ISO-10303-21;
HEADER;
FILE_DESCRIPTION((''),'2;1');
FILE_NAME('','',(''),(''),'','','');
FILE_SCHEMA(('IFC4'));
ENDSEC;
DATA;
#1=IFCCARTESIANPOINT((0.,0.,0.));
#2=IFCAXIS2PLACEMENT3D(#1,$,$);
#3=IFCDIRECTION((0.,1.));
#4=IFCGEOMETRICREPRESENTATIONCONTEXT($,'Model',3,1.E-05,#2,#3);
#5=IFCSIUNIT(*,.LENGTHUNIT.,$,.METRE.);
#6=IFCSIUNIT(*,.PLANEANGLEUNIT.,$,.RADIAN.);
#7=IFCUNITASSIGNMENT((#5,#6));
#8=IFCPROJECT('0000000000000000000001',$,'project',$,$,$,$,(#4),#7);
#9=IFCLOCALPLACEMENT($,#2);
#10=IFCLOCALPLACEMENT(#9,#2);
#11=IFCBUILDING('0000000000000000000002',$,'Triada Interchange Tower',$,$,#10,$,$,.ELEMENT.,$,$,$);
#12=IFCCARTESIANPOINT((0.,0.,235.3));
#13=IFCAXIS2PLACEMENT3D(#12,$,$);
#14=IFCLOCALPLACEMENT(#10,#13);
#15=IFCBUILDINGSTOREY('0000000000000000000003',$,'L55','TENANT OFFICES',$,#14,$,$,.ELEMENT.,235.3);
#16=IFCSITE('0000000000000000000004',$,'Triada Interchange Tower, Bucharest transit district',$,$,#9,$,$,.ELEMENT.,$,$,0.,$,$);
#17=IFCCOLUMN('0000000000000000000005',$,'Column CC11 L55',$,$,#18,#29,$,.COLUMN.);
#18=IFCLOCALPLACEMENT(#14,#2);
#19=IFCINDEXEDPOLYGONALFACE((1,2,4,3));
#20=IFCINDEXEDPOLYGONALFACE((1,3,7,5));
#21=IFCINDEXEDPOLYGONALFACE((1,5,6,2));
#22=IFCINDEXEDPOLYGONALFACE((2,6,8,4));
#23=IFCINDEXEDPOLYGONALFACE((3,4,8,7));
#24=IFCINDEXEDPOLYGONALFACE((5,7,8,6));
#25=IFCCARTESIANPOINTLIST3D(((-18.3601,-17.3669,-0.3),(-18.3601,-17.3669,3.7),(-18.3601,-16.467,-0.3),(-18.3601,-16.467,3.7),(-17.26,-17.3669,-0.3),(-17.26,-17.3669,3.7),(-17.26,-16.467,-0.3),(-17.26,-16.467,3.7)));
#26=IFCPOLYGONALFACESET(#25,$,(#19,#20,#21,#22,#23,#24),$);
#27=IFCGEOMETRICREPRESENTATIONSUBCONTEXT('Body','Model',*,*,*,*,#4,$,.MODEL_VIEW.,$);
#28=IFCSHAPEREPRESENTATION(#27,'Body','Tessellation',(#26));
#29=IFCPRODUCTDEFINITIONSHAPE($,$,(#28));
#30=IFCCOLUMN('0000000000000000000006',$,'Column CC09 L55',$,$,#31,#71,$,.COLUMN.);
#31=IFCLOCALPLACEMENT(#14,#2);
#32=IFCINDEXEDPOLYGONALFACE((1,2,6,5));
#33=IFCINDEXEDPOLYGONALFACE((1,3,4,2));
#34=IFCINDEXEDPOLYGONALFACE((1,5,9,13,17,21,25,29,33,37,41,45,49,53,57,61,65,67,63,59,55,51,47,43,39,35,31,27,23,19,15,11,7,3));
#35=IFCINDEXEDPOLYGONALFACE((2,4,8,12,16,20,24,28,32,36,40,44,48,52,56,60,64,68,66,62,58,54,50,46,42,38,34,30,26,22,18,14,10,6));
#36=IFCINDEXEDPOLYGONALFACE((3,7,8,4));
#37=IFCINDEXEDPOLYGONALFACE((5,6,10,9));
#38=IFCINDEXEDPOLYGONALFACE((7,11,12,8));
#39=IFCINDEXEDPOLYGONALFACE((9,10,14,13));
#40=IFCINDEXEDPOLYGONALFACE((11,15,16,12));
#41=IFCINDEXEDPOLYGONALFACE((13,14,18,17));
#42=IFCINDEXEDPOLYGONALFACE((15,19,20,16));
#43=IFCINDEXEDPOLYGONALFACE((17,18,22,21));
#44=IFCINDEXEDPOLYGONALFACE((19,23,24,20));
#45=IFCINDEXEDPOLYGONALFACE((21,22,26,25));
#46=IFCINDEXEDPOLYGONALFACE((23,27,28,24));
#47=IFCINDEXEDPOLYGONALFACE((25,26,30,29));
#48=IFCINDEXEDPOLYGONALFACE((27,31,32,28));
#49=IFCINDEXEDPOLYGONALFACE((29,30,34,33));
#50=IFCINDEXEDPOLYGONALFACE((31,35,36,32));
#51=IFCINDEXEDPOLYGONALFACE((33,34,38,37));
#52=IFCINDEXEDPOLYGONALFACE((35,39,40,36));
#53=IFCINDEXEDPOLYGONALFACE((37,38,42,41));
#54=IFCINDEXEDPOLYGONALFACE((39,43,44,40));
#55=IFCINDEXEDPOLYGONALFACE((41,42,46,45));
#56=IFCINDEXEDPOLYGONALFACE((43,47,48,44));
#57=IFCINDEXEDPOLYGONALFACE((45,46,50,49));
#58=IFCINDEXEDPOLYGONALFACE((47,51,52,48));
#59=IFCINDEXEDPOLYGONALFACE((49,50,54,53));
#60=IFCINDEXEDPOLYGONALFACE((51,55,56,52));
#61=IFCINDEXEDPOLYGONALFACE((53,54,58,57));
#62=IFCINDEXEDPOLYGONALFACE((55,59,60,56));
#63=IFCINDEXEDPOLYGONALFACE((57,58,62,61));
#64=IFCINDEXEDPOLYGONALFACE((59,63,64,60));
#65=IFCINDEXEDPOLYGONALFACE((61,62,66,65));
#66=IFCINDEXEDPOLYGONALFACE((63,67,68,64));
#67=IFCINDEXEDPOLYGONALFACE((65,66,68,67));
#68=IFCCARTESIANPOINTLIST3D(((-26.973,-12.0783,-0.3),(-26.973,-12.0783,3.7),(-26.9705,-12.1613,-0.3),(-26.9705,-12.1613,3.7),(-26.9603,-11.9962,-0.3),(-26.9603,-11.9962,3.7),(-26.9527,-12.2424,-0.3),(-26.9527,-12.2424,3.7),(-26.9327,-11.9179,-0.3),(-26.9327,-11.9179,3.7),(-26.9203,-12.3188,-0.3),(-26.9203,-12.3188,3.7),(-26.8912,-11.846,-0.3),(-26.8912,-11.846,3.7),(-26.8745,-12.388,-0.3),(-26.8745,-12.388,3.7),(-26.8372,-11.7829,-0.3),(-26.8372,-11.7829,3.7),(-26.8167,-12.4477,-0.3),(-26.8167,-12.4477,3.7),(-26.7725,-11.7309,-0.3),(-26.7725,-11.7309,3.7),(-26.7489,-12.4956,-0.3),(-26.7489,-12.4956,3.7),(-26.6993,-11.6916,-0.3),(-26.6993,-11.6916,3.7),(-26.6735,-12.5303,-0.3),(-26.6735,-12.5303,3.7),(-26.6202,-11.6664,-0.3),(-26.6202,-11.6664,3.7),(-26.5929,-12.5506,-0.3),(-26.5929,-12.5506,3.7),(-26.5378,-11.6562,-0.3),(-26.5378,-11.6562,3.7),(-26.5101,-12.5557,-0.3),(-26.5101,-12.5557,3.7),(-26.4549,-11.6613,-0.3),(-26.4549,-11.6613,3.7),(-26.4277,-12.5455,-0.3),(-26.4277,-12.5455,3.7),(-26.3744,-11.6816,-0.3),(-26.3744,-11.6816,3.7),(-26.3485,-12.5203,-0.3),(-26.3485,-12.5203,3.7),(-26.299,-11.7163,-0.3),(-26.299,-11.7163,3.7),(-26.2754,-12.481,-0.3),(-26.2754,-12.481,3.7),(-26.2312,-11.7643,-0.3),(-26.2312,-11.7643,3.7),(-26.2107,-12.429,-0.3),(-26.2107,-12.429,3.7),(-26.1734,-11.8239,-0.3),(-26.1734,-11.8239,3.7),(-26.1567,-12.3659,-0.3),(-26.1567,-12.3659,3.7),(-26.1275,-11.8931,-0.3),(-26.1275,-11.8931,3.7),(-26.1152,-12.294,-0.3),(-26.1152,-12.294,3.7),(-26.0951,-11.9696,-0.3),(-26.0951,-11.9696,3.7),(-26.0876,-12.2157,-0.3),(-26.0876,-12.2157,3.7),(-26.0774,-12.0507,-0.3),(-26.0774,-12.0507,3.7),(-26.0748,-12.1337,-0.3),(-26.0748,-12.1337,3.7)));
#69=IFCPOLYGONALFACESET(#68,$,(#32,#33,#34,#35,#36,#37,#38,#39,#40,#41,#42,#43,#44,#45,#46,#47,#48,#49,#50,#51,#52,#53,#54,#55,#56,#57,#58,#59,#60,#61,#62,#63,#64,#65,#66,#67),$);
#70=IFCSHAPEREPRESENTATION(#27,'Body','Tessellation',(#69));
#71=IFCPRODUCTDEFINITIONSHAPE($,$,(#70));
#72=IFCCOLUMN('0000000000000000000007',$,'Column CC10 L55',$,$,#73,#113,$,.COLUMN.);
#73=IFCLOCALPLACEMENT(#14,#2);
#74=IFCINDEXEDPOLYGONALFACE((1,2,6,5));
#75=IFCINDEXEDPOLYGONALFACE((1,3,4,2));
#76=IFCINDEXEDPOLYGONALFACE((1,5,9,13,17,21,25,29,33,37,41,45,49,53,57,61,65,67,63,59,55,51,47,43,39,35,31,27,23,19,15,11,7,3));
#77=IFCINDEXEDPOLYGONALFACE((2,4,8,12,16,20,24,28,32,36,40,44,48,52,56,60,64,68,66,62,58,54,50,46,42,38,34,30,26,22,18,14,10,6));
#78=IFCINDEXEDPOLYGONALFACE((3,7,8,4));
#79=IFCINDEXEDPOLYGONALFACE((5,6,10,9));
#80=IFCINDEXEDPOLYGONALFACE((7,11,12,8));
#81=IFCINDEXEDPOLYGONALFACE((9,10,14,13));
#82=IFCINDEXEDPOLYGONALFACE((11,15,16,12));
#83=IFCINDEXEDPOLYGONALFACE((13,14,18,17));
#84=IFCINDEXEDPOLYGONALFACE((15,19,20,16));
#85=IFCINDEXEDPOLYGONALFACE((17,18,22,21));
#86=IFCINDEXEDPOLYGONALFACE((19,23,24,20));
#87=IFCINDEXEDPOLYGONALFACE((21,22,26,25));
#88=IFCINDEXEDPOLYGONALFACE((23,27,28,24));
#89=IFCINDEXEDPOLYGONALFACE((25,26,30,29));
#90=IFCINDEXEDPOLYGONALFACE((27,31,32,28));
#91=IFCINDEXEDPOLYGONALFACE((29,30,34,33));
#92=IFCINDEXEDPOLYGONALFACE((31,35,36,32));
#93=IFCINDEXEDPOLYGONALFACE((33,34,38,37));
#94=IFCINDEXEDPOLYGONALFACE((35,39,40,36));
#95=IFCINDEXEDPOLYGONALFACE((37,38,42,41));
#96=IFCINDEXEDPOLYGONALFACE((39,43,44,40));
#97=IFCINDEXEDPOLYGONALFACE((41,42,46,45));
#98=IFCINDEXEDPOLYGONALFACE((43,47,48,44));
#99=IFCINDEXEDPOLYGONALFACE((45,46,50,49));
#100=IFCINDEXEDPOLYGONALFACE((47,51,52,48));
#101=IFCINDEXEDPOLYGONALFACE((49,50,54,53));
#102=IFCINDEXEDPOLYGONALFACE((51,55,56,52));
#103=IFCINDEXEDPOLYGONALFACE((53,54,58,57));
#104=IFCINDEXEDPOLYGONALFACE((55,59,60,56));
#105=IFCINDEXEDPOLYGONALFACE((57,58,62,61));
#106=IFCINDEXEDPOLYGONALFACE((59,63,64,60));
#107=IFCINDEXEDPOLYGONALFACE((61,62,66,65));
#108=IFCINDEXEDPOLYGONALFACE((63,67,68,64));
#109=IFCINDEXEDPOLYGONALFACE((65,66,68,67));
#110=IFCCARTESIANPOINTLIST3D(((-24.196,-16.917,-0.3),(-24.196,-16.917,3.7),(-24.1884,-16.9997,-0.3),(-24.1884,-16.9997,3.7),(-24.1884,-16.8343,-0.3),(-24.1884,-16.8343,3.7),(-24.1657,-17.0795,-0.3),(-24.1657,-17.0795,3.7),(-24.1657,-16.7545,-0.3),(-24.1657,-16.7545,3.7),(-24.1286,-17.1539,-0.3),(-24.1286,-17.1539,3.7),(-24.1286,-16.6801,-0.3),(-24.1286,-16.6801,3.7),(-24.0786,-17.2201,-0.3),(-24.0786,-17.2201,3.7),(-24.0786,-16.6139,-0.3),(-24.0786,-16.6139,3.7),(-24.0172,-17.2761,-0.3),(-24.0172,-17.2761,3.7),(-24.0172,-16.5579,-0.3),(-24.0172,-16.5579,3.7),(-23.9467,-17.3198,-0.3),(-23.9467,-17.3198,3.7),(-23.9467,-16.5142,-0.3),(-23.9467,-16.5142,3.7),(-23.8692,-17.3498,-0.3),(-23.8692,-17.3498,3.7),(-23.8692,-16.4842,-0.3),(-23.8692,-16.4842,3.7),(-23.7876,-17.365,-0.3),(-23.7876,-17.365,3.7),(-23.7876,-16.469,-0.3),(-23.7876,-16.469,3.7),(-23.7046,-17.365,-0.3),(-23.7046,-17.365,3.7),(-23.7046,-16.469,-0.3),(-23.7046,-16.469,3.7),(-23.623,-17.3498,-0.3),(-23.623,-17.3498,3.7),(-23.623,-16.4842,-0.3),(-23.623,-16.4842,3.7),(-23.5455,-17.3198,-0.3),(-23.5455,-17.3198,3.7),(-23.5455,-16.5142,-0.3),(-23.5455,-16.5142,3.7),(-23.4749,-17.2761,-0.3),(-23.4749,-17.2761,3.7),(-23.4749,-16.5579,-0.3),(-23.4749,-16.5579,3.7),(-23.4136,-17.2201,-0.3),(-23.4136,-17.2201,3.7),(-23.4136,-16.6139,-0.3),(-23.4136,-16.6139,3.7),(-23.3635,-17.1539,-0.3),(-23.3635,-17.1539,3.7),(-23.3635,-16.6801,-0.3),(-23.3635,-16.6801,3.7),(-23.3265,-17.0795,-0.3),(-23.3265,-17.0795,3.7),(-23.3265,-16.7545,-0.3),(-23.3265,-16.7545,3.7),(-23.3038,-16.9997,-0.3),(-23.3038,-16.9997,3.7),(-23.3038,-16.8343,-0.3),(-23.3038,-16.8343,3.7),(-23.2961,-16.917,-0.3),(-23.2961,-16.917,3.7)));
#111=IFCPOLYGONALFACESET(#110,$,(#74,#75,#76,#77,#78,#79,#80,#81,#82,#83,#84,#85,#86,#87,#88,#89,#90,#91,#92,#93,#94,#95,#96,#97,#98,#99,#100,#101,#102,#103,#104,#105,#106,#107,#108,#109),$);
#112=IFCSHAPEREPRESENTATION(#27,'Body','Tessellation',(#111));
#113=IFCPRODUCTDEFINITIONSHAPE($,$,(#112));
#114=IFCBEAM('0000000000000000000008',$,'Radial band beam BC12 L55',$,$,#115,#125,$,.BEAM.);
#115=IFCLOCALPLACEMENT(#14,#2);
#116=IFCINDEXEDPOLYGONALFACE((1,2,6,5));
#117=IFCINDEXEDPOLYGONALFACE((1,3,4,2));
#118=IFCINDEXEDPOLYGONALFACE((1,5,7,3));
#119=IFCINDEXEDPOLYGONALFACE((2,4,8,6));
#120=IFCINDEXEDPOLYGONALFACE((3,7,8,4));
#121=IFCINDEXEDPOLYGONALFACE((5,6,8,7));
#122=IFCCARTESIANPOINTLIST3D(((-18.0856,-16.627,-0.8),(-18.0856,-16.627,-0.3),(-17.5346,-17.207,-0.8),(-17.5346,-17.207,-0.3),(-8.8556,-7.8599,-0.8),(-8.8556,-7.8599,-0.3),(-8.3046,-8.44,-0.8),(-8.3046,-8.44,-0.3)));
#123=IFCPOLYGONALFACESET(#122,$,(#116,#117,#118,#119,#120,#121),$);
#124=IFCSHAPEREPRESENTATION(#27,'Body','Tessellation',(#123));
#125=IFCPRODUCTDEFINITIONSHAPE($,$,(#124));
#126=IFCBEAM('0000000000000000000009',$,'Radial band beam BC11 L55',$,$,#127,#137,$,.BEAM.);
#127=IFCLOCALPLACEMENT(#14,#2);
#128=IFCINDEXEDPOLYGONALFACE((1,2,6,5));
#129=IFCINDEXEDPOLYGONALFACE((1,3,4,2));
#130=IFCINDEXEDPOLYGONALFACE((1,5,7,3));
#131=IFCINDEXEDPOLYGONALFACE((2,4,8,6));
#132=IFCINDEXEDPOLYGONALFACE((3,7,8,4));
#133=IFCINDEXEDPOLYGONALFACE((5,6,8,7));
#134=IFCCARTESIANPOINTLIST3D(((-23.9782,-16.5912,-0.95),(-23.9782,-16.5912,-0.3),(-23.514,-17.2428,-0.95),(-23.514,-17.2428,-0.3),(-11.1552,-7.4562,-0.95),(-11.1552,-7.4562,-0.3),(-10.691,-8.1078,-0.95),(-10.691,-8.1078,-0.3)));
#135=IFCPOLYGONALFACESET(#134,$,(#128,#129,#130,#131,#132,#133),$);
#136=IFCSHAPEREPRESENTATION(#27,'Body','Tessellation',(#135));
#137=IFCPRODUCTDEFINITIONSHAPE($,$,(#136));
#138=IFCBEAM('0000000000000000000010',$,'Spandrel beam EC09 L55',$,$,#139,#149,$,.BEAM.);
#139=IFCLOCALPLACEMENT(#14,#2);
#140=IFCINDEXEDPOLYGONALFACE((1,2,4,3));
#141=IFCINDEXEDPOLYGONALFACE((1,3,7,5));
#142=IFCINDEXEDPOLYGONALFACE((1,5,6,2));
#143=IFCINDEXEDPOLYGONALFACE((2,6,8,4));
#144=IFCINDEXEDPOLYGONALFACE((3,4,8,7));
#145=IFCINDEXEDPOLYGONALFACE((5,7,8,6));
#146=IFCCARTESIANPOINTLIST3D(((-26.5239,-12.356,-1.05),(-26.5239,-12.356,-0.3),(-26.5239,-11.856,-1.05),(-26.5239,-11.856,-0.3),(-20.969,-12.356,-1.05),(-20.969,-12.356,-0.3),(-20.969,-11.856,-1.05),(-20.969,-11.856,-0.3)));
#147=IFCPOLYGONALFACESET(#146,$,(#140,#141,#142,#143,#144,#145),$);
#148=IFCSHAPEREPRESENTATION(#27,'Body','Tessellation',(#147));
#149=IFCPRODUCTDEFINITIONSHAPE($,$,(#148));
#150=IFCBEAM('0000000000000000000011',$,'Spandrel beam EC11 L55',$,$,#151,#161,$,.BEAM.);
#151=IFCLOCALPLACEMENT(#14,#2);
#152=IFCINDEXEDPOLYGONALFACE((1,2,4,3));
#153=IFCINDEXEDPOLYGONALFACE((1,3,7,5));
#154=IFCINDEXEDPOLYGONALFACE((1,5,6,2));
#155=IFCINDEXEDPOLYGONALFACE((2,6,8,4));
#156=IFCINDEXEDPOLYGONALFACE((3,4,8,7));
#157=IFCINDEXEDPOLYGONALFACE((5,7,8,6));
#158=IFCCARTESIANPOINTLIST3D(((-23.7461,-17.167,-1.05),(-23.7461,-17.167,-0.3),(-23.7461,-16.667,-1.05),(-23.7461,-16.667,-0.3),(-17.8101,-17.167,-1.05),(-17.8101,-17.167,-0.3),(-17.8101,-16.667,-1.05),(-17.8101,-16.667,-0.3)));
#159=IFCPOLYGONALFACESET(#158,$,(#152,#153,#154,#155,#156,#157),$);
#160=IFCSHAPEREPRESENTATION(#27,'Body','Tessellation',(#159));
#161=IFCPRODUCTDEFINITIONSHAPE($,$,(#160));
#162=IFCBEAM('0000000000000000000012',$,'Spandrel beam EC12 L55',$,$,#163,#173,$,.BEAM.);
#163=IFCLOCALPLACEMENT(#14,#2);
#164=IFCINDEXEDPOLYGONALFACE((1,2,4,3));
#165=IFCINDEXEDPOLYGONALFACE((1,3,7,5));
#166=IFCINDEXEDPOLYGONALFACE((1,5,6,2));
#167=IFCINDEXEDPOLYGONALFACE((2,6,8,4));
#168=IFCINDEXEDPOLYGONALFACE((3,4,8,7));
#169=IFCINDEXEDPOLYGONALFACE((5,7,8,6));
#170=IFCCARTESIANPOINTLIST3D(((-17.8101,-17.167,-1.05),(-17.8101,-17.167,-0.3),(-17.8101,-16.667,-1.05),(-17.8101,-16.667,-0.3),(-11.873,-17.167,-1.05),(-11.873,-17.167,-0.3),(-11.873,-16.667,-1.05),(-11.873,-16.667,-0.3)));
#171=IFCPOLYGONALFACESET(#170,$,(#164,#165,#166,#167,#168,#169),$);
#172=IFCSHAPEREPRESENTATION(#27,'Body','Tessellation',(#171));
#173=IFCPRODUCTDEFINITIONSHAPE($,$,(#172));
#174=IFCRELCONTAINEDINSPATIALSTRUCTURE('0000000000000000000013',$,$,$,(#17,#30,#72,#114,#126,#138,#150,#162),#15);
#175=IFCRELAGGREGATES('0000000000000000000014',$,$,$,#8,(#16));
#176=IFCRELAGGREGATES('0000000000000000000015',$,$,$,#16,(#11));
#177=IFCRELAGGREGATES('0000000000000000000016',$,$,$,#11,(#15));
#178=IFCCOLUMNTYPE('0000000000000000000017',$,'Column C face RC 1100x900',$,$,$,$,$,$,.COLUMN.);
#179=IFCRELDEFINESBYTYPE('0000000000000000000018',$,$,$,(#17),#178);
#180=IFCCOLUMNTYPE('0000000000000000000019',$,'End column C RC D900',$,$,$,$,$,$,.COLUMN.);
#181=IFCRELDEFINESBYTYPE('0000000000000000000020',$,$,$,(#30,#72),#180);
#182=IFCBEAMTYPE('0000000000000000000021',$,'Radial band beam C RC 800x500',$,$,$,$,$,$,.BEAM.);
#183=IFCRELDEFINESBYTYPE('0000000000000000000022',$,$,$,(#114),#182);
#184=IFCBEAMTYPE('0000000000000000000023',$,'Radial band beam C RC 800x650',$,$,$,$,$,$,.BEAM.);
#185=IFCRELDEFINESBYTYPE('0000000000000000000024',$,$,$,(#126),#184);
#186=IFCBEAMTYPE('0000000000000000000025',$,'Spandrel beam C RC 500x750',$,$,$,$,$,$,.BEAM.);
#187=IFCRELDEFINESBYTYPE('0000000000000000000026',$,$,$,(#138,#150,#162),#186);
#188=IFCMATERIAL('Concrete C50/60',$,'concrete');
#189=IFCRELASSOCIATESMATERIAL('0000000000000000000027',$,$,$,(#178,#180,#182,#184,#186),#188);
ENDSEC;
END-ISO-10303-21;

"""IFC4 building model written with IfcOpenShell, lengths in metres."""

from ifc_helpers import new_model, si_unit, direction, frame, origin, origin_2d, place, context, subcontext, project, spatial, rectangle, circle, extrude, material, material_profile, profile_set, type_object, element, save


model = new_model("IFC4")

# Units and contexts
model_context = context("Model", 3, precision=1e-05, world=origin(), true_north=direction((0.0, 1.0)))
body_context = subcontext(model_context, "Body", "Model", "MODEL_VIEW")
ifc_project = project(units=[si_unit("LENGTHUNIT", "METRE"), si_unit("PLANEANGLEUNIT", "RADIAN")], contexts=[model_context])

# Site, building, storey
site_placement = place(None, origin())
site = spatial("IfcSite", under=ifc_project, at=site_placement, Name="Triada Interchange Tower, Bucharest transit district", CompositionType="ELEMENT", RefElevation=0.0)
building_placement = place(site_placement, origin())
building = spatial("IfcBuilding", under=site, at=building_placement, Name="Triada Interchange Tower", CompositionType="ELEMENT")
storey_placement = place(building_placement, frame((0.0, 0.0, 235.3)))
storey = spatial("IfcBuildingStorey", under=building, at=storey_placement, Name="L55", Description="TENANT OFFICES", CompositionType="ELEMENT", Elevation=235.3)

# Columns
ifc_material_1 = material(Name="Concrete C50/60", Category="concrete")
ifc_material_profile_1 = material_profile(ifc_material_1, rectangle(XDim=1.1001, YDim=0.8999, at=origin_2d()), Name="RC 1100x900")
ifc_profile_set_1 = profile_set([ifc_material_profile_1], Name="Concrete C50/60")
column_type_1 = type_object("IfcColumnType", Name="Column C face RC 1100x900", PredefinedType="COLUMN", material=ifc_profile_set_1)
column_placement = place(storey_placement, frame((-17.8101, -16.917, -0.3), z_axis=(0.0, 0.0, 1.0), x_axis=(1.0, 0.0, 0.0)))
element("IfcColumn", 1, at=column_placement, inside=storey, type_object=column_type_1, Name="Column CC11 L55", PredefinedType="COLUMN", context=body_context, shape_type="SweptSolid", body=[
    extrude(rectangle(XDim=1.1001, YDim=0.8999, at=origin_2d()), origin(), (0.0, 0.0, 1.0), 4.0),
])
ifc_material_profile_2 = material_profile(ifc_material_1, circle(Radius=0.45, at=origin_2d()), Name="RC D900")
ifc_profile_set_2 = profile_set([ifc_material_profile_2], Name="Concrete C50/60")
column_type_2 = type_object("IfcColumnType", Name="End column C RC D900", PredefinedType="COLUMN", material=ifc_profile_set_2)
for number, where, z_axis, x_axis, name in (
    (2, (-26.5239, -12.106, -0.3), (0.0, 0.0, 1.0), (0.5, 0.866025, 0.0), "Column CC09 L55"),
    (3, (-23.7461, -16.917, -0.3), (0.0, 0.0, 1.0), (1.0, 0.0, 0.0), "Column CC10 L55"),
):
    element("IfcColumn", number, at=place(storey_placement, frame(where, z_axis=z_axis, x_axis=x_axis)), inside=storey, type_object=column_type_2, Name=name, PredefinedType="COLUMN", context=body_context, shape_type="SweptSolid", body=[
        extrude(circle(Radius=0.45, at=origin_2d()), origin(), (0.0, 0.0, 1.0), 4.0),
    ])

# Beams
ifc_material_profile_3 = material_profile(ifc_material_1, rectangle(XDim=0.8, YDim=0.5, at=origin_2d()), Name="RC 800x500")
ifc_profile_set_3 = profile_set([ifc_material_profile_3], Name="Concrete C50/60")
beam_type_1 = type_object("IfcBeamType", Name="Radial band beam C RC 800x500", PredefinedType="BEAM", material=ifc_profile_set_3)
beam_1_placement = place(storey_placement, frame((-17.8101, -16.917, -0.55), z_axis=(0.725054, 0.688692, 0.0), x_axis=(-0.688692, 0.725054, 0.0)))
element("IfcBeam", 4, at=beam_1_placement, inside=storey, type_object=beam_type_1, Name="Radial band beam BC12 L55", PredefinedType="BEAM", context=body_context, shape_type="SweptSolid", body=[
    extrude(rectangle(XDim=0.8, YDim=0.5, at=origin_2d()), origin(), (0.0, 0.0, 1.0), 12.73),
])
ifc_material_profile_4 = material_profile(ifc_material_1, rectangle(XDim=0.8, YDim=0.6499, at=origin_2d()), Name="RC 800x650")
ifc_profile_set_4 = profile_set([ifc_material_profile_4], Name="Concrete C50/60")
beam_type_2 = type_object("IfcBeamType", Name="Radial band beam C RC 800x650", PredefinedType="BEAM", material=ifc_profile_set_4)
beam_2_placement = place(storey_placement, frame((-23.7461, -16.917, -0.625), z_axis=(0.814462, 0.580217, 0.0), x_axis=(-0.580217, 0.814462, 0.0)))
element("IfcBeam", 5, at=beam_2_placement, inside=storey, type_object=beam_type_2, Name="Radial band beam BC11 L55", PredefinedType="BEAM", context=body_context, shape_type="SweptSolid", body=[
    extrude(rectangle(XDim=0.8, YDim=0.6499, at=origin_2d()), origin(), (0.0, 0.0, 1.0), 15.7441),
])
ifc_material_profile_5 = material_profile(ifc_material_1, rectangle(XDim=0.5, YDim=0.75, at=origin_2d()), Name="RC 500x750")
ifc_profile_set_5 = profile_set([ifc_material_profile_5], Name="Concrete C50/60")
beam_type_3 = type_object("IfcBeamType", Name="Spandrel beam C RC 500x750", PredefinedType="BEAM", material=ifc_profile_set_5)
beam_3_placement = place(storey_placement, frame((-26.5239, -12.106, -0.675), z_axis=(1.0, 0.0, 0.0), x_axis=(0.0, 1.0, 0.0)))
element("IfcBeam", 6, at=beam_3_placement, inside=storey, type_object=beam_type_3, Name="Spandrel beam EC09 L55", PredefinedType="BEAM", context=body_context, shape_type="SweptSolid", body=[
    extrude(rectangle(XDim=0.5, YDim=0.75, at=origin_2d()), origin(), (0.0, 0.0, 1.0), 5.5549),
])
beam_4_placement = place(storey_placement, frame((-23.7461, -16.917, -0.675), z_axis=(1.0, 0.0, 0.0), x_axis=(0.0, 1.0, 0.0)))
element("IfcBeam", 7, at=beam_4_placement, inside=storey, type_object=beam_type_3, Name="Spandrel beam EC11 L55", PredefinedType="BEAM", context=body_context, shape_type="SweptSolid", body=[
    extrude(rectangle(XDim=0.5, YDim=0.75, at=origin_2d()), origin(), (0.0, 0.0, 1.0), 5.936),
])
beam_5_placement = place(storey_placement, frame((-17.8101, -16.917, -0.675), z_axis=(1.0, 0.0, 0.0), x_axis=(0.0, 1.0, 0.0)))
element("IfcBeam", 8, at=beam_5_placement, inside=storey, type_object=beam_type_3, Name="Spandrel beam EC12 L55", PredefinedType="BEAM", context=body_context, shape_type="SweptSolid", body=[
    extrude(rectangle(XDim=0.5, YDim=0.75, at=origin_2d()), origin(), (0.0, 0.0, 1.0), 5.937),
])

save(model, "model.ifc")
